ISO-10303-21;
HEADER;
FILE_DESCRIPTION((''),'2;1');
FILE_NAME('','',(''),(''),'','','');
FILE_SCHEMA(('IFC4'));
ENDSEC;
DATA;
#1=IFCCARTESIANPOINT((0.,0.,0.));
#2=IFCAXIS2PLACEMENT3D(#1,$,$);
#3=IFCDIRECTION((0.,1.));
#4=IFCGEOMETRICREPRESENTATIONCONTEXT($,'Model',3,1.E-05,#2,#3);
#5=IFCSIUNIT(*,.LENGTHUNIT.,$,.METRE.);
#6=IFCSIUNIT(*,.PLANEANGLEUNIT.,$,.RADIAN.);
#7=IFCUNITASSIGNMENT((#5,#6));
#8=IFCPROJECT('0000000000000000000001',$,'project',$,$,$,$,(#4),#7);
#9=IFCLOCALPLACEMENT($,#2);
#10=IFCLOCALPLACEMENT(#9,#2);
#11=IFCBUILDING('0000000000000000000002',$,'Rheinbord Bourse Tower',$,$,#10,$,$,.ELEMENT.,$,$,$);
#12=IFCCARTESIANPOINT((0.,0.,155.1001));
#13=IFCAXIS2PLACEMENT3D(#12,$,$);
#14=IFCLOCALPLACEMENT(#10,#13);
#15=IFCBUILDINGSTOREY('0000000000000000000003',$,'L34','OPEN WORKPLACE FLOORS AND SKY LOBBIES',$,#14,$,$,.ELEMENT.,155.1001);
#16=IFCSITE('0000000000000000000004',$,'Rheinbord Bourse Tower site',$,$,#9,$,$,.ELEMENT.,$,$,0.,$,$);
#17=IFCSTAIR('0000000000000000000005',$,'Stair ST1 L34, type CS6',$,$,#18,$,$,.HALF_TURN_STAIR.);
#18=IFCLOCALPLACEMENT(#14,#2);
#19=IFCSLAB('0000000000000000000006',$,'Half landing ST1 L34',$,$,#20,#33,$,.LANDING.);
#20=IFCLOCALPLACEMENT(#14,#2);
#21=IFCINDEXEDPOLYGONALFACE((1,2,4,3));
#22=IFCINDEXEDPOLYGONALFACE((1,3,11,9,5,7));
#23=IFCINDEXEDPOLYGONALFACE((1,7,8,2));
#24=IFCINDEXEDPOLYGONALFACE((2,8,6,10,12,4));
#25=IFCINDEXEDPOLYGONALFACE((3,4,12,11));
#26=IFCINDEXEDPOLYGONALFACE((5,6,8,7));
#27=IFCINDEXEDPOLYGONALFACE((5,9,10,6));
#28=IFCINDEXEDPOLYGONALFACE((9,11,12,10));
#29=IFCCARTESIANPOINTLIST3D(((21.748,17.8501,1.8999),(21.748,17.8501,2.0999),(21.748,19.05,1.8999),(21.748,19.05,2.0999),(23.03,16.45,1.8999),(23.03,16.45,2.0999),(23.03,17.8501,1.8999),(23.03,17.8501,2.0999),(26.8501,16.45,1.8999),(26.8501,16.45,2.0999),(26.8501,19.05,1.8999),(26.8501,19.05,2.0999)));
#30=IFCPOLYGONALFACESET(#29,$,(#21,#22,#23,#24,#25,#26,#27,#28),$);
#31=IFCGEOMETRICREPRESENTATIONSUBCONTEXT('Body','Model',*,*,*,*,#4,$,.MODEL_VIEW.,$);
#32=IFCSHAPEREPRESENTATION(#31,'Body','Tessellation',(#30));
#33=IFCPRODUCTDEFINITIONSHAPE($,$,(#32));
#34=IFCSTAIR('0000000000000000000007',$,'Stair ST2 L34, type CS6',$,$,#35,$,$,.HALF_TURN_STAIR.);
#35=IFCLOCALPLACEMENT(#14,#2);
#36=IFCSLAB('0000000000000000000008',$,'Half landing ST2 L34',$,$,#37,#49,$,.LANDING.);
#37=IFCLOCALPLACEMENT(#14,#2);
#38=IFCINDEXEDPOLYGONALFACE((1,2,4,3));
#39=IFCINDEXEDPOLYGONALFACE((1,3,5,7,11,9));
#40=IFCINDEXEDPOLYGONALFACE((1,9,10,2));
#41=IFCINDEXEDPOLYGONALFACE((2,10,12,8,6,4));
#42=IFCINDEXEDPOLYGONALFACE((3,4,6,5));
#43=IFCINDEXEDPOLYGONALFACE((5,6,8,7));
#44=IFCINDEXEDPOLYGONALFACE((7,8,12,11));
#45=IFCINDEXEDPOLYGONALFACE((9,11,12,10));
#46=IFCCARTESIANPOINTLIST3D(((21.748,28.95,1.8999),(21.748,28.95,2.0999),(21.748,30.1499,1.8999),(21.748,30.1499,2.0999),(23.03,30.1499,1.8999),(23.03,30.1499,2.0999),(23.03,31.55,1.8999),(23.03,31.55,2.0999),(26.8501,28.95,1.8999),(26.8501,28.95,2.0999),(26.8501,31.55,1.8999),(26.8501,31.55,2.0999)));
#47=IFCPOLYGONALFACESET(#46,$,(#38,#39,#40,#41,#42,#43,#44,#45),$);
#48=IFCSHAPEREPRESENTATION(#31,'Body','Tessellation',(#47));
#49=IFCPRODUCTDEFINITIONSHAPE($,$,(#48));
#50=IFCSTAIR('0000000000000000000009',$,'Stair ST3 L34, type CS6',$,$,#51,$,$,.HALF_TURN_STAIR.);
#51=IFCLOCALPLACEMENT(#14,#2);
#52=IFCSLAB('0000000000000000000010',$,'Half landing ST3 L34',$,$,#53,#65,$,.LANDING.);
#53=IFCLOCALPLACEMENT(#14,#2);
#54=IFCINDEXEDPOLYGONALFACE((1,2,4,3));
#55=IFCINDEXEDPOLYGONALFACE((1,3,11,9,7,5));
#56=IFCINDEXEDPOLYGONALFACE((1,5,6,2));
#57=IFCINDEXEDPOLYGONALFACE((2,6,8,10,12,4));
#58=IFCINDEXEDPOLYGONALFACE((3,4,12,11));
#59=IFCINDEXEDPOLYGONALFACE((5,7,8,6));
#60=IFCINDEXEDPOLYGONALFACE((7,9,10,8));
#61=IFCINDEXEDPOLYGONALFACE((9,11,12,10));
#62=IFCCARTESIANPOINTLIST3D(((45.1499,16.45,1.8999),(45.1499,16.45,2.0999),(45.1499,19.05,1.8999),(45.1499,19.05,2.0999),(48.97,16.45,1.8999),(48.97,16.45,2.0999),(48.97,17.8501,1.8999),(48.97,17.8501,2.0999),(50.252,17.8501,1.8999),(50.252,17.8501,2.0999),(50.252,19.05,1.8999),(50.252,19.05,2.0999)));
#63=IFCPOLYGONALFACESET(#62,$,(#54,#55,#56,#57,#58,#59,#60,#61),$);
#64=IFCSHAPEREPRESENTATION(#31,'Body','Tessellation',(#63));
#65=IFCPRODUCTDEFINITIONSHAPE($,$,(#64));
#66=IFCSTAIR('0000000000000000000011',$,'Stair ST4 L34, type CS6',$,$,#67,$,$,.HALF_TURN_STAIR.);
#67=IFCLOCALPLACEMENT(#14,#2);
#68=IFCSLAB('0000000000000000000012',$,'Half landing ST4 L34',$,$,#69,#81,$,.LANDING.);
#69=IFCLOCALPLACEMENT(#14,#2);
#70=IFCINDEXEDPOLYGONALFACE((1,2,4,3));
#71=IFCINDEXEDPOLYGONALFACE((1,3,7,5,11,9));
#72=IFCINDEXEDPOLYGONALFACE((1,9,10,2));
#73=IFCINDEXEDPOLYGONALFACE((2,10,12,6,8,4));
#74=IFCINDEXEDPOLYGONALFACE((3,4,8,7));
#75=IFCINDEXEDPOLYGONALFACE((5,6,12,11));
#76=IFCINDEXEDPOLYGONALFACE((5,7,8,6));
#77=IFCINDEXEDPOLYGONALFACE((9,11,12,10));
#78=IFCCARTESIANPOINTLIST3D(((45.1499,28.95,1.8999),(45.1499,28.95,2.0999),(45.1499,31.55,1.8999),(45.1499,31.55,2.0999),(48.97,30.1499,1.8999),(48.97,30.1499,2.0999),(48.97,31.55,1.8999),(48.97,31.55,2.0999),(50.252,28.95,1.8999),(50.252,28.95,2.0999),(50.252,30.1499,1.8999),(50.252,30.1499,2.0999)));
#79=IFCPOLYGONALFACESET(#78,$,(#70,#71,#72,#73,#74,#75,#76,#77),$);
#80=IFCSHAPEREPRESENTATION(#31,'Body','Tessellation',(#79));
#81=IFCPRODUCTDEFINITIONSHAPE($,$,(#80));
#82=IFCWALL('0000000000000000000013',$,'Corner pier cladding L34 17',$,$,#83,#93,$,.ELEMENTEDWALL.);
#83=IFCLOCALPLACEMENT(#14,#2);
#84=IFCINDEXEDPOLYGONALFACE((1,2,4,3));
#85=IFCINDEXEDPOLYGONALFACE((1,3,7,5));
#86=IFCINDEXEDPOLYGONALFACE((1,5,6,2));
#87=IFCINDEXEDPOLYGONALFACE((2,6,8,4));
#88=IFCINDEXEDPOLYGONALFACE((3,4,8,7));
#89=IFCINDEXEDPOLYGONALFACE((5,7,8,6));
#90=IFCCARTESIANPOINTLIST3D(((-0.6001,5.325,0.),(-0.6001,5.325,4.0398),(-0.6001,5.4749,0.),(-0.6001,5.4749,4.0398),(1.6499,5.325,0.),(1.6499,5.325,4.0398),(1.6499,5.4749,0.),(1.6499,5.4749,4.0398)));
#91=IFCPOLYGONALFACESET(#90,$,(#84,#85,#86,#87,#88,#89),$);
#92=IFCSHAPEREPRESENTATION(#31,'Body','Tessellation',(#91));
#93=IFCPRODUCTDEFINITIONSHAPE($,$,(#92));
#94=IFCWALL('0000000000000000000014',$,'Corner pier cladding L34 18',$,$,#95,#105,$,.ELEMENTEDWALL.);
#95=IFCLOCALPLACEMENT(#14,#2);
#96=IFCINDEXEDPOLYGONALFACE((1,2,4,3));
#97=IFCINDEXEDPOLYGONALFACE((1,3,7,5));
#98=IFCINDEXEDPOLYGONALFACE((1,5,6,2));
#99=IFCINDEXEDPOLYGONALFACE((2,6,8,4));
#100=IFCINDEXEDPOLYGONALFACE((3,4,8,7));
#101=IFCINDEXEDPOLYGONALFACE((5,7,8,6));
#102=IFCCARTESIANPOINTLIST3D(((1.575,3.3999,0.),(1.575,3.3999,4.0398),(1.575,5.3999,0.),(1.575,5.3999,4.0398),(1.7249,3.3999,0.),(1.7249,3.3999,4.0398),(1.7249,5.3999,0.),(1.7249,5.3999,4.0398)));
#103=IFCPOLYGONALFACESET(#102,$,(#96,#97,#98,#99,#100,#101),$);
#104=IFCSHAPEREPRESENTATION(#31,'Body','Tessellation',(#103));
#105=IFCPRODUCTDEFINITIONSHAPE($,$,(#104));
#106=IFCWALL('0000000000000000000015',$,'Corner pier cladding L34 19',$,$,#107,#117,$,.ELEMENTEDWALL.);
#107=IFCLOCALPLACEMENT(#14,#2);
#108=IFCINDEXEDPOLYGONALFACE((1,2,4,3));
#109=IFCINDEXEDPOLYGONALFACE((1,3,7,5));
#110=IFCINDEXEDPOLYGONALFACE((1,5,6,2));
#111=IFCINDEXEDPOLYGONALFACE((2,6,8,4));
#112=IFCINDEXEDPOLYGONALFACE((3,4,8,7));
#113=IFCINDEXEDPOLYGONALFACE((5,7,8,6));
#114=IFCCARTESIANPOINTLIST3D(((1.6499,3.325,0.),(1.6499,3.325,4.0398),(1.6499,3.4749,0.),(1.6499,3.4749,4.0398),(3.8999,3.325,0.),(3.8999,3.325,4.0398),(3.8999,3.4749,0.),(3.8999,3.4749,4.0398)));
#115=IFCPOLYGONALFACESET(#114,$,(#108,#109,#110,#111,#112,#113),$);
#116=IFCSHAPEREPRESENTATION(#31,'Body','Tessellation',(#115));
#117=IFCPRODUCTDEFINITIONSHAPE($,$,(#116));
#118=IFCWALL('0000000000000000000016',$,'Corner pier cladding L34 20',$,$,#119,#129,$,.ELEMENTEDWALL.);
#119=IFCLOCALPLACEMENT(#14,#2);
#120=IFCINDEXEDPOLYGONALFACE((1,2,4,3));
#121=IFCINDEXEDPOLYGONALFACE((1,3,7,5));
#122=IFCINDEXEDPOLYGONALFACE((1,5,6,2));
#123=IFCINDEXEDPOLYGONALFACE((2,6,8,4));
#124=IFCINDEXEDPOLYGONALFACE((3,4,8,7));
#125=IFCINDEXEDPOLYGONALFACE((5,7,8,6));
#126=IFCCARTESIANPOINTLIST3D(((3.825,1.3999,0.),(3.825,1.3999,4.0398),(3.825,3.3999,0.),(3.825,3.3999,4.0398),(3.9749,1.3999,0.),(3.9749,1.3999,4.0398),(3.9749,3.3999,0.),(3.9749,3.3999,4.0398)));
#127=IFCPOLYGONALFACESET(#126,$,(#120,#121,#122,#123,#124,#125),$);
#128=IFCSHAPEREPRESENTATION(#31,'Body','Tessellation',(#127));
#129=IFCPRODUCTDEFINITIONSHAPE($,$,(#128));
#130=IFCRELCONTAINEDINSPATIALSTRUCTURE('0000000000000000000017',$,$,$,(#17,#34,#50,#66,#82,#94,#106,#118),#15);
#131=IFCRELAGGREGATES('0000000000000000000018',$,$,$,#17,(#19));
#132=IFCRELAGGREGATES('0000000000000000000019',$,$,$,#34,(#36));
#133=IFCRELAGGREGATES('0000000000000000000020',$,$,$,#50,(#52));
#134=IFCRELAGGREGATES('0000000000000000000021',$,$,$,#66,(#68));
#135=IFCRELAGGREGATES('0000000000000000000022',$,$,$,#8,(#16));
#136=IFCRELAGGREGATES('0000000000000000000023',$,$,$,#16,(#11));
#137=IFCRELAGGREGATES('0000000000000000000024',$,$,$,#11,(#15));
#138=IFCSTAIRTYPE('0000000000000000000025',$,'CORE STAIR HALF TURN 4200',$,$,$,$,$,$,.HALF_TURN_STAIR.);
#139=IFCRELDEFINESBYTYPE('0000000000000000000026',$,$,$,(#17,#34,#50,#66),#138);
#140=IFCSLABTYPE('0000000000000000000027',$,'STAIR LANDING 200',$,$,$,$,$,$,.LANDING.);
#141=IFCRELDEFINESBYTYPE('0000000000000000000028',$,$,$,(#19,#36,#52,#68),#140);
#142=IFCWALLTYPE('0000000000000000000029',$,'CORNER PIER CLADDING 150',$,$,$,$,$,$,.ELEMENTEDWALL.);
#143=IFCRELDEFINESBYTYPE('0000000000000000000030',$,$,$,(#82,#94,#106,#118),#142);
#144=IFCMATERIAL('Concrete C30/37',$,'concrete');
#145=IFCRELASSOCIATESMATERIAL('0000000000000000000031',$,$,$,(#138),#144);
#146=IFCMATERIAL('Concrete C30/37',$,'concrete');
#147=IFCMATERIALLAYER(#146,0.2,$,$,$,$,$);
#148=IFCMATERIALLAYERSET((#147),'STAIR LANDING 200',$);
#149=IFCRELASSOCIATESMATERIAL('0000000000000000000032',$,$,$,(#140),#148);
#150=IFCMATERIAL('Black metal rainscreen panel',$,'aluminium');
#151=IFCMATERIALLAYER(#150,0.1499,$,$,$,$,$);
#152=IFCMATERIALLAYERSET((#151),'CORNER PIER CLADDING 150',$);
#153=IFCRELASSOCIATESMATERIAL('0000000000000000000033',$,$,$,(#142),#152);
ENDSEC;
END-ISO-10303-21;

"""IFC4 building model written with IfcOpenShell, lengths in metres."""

from ifc_helpers import new_model, si_unit, direction, frame, frame_2d, origin, place, context, subcontext, project, spatial, polyline, rectangle, outline, extrude, material, layer, layer_set, type_object, element, aggregate, save


model = new_model("IFC4")

# Units and contexts
model_context = context("Model", 3, precision=1e-05, world=origin(), true_north=direction((0.0, 1.0)))
body_context = subcontext(model_context, "Body", "Model", "MODEL_VIEW")
ifc_project = project(units=[si_unit("LENGTHUNIT", "METRE"), si_unit("PLANEANGLEUNIT", "RADIAN")], contexts=[model_context])

# Site, building, storey
site_placement = place(None, origin())
site = spatial("IfcSite", under=ifc_project, at=site_placement, Name="Rheinbord Bourse Tower site", CompositionType="ELEMENT", RefElevation=0.0)
building_placement = place(site_placement, origin())
building = spatial("IfcBuilding", under=site, at=building_placement, Name="Rheinbord Bourse Tower", CompositionType="ELEMENT")
storey_placement = place(building_placement, frame((0.0, 0.0, 155.1001)))
storey = spatial("IfcBuildingStorey", under=building, at=storey_placement, Name="L34", Description="OPEN WORKPLACE FLOORS AND SKY LOBBIES", CompositionType="ELEMENT", Elevation=155.1001)

# Stairs, slabs
ifc_material_1 = material(Name="Concrete C30/37", Category="concrete")
stair_type = type_object("IfcStairType", Name="CORE STAIR HALF TURN 4200", PredefinedType="HALF_TURN_STAIR", material=ifc_material_1)
stair_1_placement = place(storey_placement, origin())
stair_1 = element("IfcStair", 1, at=stair_1_placement, inside=storey, type_object=stair_type, Name="Stair ST1 L34, type CS6", PredefinedType="HALF_TURN_STAIR")
ifc_material_2 = material(Name="Concrete C30/37", Category="concrete")
ifc_layer_1 = layer(ifc_material_2, 0.2)
ifc_layer_set_1 = layer_set([ifc_layer_1], Name="STAIR LANDING 200")
slab_type_1 = type_object("IfcSlabType", Name="STAIR LANDING 200", PredefinedType="LANDING", material=ifc_layer_set_1)
slab_1_placement = place(storey_placement, frame((0.0, 0.0, 1.8999)))
slab_1 = element("IfcSlab", 2, at=slab_1_placement, type_object=slab_type_1, Name="Half landing ST1 L34", PredefinedType="LANDING", context=body_context, shape_type="SweptSolid", body=[
    extrude(outline(polyline([(23.03, 16.45), (26.8501, 16.45), (26.8501, 19.05), (21.748, 19.05), (21.748, 17.8501), (23.03, 17.8501), (23.03, 16.45)])), origin(), (0.0, 0.0, 1.0), 0.2),
])
aggregate(stair_1, [slab_1])
stair_2_placement = place(storey_placement, origin())
stair_2 = element("IfcStair", 3, at=stair_2_placement, inside=storey, type_object=stair_type, Name="Stair ST2 L34, type CS6", PredefinedType="HALF_TURN_STAIR")
slab_2_placement = place(storey_placement, frame((0.0, 0.0, 1.8999)))
slab_2 = element("IfcSlab", 4, at=slab_2_placement, type_object=slab_type_1, Name="Half landing ST2 L34", PredefinedType="LANDING", context=body_context, shape_type="SweptSolid", body=[
    extrude(outline(polyline([(21.748, 28.95), (26.8501, 28.95), (26.8501, 31.55), (23.03, 31.55), (23.03, 30.1499), (21.748, 30.1499), (21.748, 28.95)])), origin(), (0.0, 0.0, 1.0), 0.2),
])
aggregate(stair_2, [slab_2])
stair_3_placement = place(storey_placement, origin())
stair_3 = element("IfcStair", 5, at=stair_3_placement, inside=storey, type_object=stair_type, Name="Stair ST3 L34, type CS6", PredefinedType="HALF_TURN_STAIR")
slab_3_placement = place(storey_placement, frame((0.0, 0.0, 1.8999)))
slab_3 = element("IfcSlab", 6, at=slab_3_placement, type_object=slab_type_1, Name="Half landing ST3 L34", PredefinedType="LANDING", context=body_context, shape_type="SweptSolid", body=[
    extrude(outline(polyline([(45.1499, 16.45), (48.97, 16.45), (48.97, 17.8501), (50.252, 17.8501), (50.252, 19.05), (45.1499, 19.05), (45.1499, 16.45)])), origin(), (0.0, 0.0, 1.0), 0.2),
])
aggregate(stair_3, [slab_3])
stair_4_placement = place(storey_placement, origin())
stair_4 = element("IfcStair", 7, at=stair_4_placement, inside=storey, type_object=stair_type, Name="Stair ST4 L34, type CS6", PredefinedType="HALF_TURN_STAIR")
slab_4_placement = place(storey_placement, frame((0.0, 0.0, 1.8999)))
slab_4 = element("IfcSlab", 8, at=slab_4_placement, type_object=slab_type_1, Name="Half landing ST4 L34", PredefinedType="LANDING", context=body_context, shape_type="SweptSolid", body=[
    extrude(outline(polyline([(45.1499, 28.95), (50.252, 28.95), (50.252, 30.1499), (48.97, 30.1499), (48.97, 31.55), (45.1499, 31.55), (45.1499, 28.95)])), origin(), (0.0, 0.0, 1.0), 0.2),
])
aggregate(stair_4, [slab_4])

# Walls
ifc_material_3 = material(Name="Black metal rainscreen panel", Category="aluminium")
ifc_layer_2 = layer(ifc_material_3, 0.1499)
ifc_layer_set_2 = layer_set([ifc_layer_2], Name="CORNER PIER CLADDING 150")
wall_type = type_object("IfcWallType", Name="CORNER PIER CLADDING 150", PredefinedType="ELEMENTEDWALL", material=ifc_layer_set_2)
wall_1_placement = place(storey_placement, frame((-0.6001, 5.3999, 0.0), z_axis=(0.0, 0.0, 1.0), x_axis=(1.0, 0.0, 0.0)))
element("IfcWall", 9, at=wall_1_placement, inside=storey, type_object=wall_type, Name="Corner pier cladding L34 17", PredefinedType="ELEMENTEDWALL", context=body_context, shape_type="SweptSolid", body=[
    extrude(rectangle(XDim=2.25, YDim=0.1499, at=frame_2d((1.125, 0.0))), origin(), (0.0, 0.0, 1.0), 4.0398),
])
wall_2_placement = place(storey_placement, frame((1.6499, 5.3999, 0.0), z_axis=(0.0, 0.0, 1.0), x_axis=(0.0, -1.0, 0.0)))
element("IfcWall", 10, at=wall_2_placement, inside=storey, type_object=wall_type, Name="Corner pier cladding L34 18", PredefinedType="ELEMENTEDWALL", context=body_context, shape_type="SweptSolid", body=[
    extrude(rectangle(XDim=2.0, YDim=0.1499, at=frame_2d((1.0, 0.0))), origin(), (0.0, 0.0, 1.0), 4.0398),
])
wall_3_placement = place(storey_placement, frame((1.6499, 3.3999, 0.0), z_axis=(0.0, 0.0, 1.0), x_axis=(1.0, 0.0, 0.0)))
element("IfcWall", 11, at=wall_3_placement, inside=storey, type_object=wall_type, Name="Corner pier cladding L34 19", PredefinedType="ELEMENTEDWALL", context=body_context, shape_type="SweptSolid", body=[
    extrude(rectangle(XDim=2.25, YDim=0.1499, at=frame_2d((1.125, 0.0))), origin(), (0.0, 0.0, 1.0), 4.0398),
])
wall_4_placement = place(storey_placement, frame((3.8999, 3.3999, 0.0), z_axis=(0.0, 0.0, 1.0), x_axis=(0.0, -1.0, 0.0)))
element("IfcWall", 12, at=wall_4_placement, inside=storey, type_object=wall_type, Name="Corner pier cladding L34 20", PredefinedType="ELEMENTEDWALL", context=body_context, shape_type="SweptSolid", body=[
    extrude(rectangle(XDim=2.0, YDim=0.1499, at=frame_2d((1.0, 0.0))), origin(), (0.0, 0.0, 1.0), 4.0398),
])

save(model, "model.ifc")
